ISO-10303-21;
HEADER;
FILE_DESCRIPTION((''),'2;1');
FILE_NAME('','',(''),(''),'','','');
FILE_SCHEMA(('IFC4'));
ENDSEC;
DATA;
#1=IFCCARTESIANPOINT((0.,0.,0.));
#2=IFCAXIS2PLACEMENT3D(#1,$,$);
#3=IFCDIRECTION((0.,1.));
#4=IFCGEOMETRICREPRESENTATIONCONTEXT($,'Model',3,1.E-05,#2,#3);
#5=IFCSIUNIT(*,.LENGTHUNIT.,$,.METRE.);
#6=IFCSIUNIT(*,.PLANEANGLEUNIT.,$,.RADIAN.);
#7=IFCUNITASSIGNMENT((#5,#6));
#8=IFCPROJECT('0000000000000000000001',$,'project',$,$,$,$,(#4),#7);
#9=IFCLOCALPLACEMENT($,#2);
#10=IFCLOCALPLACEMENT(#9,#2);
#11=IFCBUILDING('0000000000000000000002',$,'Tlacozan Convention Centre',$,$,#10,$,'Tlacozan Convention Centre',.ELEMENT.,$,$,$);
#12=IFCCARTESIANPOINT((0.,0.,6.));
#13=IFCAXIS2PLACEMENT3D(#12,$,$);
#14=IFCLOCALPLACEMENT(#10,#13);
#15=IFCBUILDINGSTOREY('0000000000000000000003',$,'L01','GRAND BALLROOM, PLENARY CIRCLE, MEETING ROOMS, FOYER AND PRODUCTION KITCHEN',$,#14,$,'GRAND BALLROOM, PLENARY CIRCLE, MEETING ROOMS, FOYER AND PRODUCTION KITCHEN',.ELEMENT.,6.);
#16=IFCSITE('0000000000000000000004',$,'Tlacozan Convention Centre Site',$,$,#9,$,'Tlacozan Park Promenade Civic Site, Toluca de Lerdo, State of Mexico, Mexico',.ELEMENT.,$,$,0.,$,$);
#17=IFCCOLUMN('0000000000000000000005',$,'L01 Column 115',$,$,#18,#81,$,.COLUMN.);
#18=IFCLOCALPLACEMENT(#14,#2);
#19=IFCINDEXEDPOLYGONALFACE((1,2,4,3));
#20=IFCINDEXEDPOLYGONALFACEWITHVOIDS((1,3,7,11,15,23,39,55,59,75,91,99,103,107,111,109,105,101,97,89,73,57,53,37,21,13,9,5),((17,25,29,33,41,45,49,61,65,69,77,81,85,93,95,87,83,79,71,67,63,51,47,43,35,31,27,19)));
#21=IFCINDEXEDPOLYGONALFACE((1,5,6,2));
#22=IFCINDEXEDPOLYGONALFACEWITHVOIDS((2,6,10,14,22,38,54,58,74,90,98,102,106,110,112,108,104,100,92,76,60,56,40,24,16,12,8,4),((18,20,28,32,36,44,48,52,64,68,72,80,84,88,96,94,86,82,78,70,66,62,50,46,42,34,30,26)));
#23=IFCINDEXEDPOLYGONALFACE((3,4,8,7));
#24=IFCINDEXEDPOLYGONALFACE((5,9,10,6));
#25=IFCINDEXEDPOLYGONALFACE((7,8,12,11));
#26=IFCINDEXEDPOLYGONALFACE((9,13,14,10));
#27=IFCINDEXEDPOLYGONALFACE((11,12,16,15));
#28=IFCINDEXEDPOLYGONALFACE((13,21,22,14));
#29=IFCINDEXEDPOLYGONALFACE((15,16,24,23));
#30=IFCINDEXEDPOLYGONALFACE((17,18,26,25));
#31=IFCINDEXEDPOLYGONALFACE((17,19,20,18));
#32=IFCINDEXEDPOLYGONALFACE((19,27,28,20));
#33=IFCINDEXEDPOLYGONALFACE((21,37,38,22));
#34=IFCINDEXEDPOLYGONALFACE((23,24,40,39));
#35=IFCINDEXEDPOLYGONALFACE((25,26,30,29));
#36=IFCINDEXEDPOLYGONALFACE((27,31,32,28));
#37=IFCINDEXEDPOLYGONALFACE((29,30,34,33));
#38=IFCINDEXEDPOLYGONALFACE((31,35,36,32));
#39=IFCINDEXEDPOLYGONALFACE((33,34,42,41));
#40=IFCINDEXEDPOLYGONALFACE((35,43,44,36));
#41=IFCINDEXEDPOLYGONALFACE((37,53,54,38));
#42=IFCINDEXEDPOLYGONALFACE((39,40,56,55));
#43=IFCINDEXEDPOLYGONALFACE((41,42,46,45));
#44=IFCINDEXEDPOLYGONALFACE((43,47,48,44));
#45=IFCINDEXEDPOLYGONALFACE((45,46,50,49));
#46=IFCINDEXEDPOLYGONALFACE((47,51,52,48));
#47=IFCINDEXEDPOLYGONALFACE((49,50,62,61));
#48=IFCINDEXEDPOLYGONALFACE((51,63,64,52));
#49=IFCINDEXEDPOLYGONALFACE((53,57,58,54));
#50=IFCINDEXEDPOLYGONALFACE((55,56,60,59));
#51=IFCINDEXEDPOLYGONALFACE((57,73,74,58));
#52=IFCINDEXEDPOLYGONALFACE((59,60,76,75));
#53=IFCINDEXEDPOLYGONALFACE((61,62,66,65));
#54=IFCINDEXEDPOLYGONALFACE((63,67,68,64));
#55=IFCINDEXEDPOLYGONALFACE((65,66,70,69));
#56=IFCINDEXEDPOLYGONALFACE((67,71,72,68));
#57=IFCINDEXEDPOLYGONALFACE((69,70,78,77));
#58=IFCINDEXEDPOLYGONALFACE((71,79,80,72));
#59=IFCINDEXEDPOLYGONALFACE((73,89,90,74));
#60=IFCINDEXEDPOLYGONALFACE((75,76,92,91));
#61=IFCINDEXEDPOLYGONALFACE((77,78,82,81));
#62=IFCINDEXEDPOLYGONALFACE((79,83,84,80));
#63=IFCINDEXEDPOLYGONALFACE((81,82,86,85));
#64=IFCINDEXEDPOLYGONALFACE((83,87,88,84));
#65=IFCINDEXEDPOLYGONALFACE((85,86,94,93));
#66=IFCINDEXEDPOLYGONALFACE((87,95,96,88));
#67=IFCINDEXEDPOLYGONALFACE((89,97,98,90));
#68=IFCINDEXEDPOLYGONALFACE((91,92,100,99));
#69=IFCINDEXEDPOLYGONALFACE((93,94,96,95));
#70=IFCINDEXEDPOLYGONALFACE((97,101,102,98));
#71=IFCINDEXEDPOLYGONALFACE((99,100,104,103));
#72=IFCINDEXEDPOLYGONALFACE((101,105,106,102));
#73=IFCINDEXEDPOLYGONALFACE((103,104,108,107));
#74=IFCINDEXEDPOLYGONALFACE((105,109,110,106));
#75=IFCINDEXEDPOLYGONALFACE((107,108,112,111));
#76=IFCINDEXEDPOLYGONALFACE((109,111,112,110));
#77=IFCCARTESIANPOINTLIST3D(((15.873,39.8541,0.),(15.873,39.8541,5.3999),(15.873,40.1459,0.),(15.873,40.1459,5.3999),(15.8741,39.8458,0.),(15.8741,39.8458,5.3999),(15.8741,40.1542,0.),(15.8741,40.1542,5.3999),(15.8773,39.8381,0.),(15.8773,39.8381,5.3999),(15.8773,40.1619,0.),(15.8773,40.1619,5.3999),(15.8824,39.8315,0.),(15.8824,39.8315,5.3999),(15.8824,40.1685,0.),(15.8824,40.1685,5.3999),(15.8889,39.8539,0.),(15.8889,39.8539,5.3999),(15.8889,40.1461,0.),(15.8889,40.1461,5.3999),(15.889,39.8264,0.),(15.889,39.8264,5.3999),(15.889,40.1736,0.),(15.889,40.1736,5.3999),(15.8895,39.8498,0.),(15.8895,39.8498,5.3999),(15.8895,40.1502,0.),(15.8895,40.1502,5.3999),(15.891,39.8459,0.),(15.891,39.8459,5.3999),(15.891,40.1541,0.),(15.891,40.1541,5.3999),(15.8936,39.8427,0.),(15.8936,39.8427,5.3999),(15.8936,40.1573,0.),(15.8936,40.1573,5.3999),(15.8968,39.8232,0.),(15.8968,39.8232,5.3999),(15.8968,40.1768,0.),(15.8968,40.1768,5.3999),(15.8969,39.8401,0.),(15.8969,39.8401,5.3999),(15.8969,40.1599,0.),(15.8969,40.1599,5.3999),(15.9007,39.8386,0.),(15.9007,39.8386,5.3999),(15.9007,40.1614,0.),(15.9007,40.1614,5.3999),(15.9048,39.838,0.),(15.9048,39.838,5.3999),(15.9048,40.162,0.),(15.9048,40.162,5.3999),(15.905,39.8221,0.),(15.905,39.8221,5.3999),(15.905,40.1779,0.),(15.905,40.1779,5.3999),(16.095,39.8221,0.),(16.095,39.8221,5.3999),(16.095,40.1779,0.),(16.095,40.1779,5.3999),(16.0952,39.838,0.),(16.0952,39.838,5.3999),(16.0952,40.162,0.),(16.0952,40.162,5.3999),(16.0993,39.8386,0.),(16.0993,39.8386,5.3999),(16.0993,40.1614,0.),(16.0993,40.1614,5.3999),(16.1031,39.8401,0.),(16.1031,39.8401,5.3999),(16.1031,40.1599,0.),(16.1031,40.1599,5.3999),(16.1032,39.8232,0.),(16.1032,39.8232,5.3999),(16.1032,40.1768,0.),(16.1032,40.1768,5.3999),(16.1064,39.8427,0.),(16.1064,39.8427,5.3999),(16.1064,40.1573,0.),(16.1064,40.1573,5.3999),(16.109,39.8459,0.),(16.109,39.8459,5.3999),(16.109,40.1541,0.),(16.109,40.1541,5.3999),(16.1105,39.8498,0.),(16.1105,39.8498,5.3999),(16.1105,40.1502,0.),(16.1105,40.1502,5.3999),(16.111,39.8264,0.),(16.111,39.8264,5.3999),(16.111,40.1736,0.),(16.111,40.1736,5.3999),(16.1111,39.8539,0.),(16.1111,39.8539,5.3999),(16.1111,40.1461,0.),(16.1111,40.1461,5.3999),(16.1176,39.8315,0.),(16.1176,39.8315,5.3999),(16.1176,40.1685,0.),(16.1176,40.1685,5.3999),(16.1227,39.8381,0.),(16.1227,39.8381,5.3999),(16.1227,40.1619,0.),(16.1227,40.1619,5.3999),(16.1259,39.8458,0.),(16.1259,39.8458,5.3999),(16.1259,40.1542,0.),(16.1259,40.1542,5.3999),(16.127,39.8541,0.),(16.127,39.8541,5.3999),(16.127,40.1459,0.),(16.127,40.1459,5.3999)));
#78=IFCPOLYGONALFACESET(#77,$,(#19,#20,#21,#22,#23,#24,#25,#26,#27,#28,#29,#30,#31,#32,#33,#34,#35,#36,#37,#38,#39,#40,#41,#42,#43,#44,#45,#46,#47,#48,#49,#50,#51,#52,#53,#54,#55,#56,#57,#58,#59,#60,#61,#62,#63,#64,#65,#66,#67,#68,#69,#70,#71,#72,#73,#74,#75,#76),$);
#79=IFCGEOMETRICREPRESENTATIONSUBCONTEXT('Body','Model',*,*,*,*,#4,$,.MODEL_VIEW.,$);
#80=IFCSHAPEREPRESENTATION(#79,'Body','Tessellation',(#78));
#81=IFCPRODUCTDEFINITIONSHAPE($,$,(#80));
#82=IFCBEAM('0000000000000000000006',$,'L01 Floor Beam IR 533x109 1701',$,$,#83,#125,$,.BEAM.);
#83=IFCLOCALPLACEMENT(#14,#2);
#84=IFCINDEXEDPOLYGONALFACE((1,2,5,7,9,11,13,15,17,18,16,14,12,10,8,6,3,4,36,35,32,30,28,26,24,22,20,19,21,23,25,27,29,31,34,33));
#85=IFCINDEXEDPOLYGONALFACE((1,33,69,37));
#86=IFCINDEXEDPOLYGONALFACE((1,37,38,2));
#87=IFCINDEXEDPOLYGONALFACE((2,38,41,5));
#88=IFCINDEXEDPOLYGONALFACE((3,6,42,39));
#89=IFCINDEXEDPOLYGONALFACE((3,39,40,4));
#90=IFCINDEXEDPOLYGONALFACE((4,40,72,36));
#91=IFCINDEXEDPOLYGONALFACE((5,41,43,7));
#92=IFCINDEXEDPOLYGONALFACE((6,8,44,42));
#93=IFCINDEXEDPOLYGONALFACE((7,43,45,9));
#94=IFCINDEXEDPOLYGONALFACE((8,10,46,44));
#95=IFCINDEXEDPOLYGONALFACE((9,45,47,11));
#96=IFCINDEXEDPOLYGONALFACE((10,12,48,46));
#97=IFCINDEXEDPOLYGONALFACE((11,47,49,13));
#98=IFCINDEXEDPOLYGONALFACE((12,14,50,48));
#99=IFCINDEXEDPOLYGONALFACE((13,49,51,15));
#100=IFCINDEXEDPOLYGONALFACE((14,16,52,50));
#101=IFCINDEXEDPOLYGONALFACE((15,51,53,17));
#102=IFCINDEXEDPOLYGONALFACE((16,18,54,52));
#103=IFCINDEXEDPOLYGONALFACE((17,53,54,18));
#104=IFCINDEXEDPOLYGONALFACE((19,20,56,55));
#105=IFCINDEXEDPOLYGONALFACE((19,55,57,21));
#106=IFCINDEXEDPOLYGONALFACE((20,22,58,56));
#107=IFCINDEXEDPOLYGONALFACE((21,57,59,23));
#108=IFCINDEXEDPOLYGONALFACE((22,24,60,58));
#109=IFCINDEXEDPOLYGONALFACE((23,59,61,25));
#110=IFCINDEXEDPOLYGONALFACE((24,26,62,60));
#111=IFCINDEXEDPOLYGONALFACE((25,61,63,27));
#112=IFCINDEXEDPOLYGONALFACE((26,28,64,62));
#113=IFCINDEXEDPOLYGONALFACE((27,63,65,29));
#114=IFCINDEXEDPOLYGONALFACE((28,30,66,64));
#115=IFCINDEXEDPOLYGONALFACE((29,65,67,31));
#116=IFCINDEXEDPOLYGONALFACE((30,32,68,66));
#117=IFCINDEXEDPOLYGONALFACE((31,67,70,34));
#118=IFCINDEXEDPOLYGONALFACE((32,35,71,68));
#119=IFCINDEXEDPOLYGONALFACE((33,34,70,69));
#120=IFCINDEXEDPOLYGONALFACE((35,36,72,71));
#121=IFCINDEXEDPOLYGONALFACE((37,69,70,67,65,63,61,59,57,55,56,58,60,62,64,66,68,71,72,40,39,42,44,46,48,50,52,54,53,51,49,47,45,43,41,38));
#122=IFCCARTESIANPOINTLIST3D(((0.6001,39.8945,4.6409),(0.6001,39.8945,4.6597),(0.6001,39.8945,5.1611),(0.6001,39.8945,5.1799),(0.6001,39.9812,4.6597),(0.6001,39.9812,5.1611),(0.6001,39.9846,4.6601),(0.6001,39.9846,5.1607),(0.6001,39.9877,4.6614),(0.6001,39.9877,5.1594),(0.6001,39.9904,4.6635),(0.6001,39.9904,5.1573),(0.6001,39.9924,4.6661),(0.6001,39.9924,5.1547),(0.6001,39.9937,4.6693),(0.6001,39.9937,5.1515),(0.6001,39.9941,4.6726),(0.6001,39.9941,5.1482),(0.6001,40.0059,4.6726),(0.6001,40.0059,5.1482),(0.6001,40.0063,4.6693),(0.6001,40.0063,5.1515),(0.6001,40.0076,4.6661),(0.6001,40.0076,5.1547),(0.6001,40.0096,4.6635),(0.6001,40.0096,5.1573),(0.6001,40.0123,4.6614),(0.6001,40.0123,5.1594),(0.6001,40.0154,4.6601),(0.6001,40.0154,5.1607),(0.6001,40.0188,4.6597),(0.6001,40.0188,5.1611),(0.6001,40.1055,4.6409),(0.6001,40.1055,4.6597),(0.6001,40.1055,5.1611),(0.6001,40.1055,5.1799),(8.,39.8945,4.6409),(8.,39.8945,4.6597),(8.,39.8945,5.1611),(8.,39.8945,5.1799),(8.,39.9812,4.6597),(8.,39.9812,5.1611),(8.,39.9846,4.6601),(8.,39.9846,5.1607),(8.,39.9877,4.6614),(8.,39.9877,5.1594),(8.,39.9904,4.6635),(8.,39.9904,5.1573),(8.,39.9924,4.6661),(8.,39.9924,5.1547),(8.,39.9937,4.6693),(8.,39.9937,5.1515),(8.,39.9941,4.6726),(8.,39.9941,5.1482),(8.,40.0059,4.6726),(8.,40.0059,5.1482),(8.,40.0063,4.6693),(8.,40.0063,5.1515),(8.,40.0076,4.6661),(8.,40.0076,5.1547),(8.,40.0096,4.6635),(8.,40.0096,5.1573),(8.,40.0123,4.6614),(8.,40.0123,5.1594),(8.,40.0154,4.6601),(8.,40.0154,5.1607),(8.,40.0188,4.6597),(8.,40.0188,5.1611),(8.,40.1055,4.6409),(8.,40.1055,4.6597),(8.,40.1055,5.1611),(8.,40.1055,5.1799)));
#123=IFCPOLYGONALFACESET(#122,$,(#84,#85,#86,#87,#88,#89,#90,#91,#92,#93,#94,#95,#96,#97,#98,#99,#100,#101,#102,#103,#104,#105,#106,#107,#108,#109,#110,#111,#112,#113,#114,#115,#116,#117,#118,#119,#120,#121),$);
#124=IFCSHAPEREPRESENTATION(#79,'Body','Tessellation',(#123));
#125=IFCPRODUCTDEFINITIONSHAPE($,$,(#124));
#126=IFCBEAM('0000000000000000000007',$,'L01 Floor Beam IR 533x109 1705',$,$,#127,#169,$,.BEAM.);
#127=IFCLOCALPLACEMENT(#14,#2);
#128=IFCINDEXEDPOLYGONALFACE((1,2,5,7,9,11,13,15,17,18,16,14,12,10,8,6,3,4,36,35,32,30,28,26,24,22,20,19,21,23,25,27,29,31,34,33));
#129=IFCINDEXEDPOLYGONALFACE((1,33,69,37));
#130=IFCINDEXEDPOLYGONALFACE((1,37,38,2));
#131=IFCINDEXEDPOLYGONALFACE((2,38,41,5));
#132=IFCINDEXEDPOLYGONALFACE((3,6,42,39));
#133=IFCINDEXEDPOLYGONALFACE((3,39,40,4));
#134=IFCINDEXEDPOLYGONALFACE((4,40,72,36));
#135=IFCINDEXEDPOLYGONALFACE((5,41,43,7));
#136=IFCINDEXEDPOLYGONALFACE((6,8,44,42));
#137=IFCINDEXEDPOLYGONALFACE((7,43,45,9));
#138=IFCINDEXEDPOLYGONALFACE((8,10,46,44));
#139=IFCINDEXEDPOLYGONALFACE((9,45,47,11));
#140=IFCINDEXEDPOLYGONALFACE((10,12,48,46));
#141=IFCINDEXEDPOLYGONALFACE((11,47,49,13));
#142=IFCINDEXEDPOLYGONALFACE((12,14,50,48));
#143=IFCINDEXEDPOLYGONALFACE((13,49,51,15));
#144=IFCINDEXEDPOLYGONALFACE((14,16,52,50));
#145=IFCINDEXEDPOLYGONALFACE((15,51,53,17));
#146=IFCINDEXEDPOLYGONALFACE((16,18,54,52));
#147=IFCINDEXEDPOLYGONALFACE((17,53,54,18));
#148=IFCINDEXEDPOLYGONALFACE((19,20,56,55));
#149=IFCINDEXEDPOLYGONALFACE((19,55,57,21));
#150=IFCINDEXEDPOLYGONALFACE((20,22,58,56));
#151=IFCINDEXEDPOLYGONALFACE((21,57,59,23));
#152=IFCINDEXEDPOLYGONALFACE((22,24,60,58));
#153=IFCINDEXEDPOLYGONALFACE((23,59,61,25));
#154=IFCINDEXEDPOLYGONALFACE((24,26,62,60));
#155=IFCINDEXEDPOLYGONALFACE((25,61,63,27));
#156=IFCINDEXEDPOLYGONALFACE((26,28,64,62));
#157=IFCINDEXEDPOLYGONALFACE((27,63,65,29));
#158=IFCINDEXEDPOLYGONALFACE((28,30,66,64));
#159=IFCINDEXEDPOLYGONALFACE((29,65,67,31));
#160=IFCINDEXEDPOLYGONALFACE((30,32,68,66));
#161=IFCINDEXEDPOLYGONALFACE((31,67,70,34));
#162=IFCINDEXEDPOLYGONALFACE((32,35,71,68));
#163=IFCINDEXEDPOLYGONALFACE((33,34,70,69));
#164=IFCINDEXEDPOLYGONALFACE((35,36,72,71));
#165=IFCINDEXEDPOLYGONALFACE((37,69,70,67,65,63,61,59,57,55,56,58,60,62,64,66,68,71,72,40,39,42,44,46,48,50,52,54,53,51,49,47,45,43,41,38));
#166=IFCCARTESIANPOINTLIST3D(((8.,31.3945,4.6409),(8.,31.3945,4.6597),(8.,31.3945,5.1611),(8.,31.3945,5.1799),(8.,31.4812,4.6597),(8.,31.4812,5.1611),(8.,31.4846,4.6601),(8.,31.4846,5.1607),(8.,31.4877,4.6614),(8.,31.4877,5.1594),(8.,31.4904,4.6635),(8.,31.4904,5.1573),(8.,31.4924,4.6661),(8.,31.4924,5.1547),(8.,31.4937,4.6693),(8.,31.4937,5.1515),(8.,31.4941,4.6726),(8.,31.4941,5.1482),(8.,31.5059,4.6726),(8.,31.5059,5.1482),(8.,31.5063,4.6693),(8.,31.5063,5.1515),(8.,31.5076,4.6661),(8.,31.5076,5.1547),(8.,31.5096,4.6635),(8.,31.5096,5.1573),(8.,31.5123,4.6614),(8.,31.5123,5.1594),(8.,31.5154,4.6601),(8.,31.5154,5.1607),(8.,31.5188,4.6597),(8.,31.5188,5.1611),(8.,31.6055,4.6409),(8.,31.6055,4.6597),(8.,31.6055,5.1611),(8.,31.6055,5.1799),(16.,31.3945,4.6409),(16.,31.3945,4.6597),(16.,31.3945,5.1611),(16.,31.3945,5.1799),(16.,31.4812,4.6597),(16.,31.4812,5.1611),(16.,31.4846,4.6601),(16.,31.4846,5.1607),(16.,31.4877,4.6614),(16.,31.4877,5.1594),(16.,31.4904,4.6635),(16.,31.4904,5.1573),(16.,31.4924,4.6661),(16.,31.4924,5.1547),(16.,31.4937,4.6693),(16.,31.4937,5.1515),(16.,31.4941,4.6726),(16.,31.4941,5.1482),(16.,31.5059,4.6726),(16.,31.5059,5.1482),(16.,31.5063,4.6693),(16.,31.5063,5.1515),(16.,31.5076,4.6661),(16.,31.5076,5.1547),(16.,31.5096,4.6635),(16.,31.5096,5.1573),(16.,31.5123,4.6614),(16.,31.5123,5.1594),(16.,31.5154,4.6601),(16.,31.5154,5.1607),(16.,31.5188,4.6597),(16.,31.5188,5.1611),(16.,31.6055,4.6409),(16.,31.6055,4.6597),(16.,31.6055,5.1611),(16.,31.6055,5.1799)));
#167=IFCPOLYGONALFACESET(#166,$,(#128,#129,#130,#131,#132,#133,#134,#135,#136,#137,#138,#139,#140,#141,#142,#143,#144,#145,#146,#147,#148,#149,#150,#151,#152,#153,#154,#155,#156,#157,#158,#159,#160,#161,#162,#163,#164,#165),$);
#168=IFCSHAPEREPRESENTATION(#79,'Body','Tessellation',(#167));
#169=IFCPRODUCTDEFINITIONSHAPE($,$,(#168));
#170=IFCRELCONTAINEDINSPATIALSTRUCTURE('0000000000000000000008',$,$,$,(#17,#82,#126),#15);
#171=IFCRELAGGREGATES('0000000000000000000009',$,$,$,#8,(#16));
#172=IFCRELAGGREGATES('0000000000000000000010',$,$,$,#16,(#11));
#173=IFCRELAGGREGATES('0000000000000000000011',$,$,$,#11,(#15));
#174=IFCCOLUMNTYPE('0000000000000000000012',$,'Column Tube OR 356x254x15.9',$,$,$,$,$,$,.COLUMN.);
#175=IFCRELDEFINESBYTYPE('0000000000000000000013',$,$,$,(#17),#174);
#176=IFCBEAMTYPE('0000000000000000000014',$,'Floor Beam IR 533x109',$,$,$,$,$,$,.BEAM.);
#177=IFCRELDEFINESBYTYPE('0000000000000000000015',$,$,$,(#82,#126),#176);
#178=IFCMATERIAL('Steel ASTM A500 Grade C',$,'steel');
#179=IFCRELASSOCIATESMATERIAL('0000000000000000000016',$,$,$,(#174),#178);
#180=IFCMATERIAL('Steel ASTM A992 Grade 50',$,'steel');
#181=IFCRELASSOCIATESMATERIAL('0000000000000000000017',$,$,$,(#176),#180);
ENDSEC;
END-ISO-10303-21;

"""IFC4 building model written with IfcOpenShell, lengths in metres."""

from ifc_helpers import new_model, si_unit, direction, frame, origin, origin_2d, place, context, subcontext, project, spatial, hollow_rectangle, i_section, extrude, material, material_profile, profile_set, type_object, element, save


model = new_model("IFC4")

# Units and contexts
model_context = context("Model", 3, precision=1e-05, world=origin(), true_north=direction((0.0, 1.0)))
body_context = subcontext(model_context, "Body", "Model", "MODEL_VIEW")
ifc_project = project(units=[si_unit("LENGTHUNIT", "METRE"), si_unit("PLANEANGLEUNIT", "RADIAN")], contexts=[model_context])

# Site, building, storey
site_placement = place(None, origin())
site = spatial("IfcSite", under=ifc_project, at=site_placement, Name="Tlacozan Convention Centre Site", LongName="Tlacozan Park Promenade Civic Site, Toluca de Lerdo, State of Mexico, Mexico", CompositionType="ELEMENT", RefElevation=0.0)
building_placement = place(site_placement, origin())
building = spatial("IfcBuilding", under=site, at=building_placement, Name="Tlacozan Convention Centre", LongName="Tlacozan Convention Centre", CompositionType="ELEMENT")
storey_placement = place(building_placement, frame((0.0, 0.0, 6.0)))
storey = spatial("IfcBuildingStorey", under=building, at=storey_placement, Name="L01", Description="GRAND BALLROOM, PLENARY CIRCLE, MEETING ROOMS, FOYER AND PRODUCTION KITCHEN", LongName="GRAND BALLROOM, PLENARY CIRCLE, MEETING ROOMS, FOYER AND PRODUCTION KITCHEN", CompositionType="ELEMENT", Elevation=6.0)

# Column
ifc_material_1 = material(Name="Steel ASTM A500 Grade C", Category="steel")
ifc_material_profile_1 = material_profile(ifc_material_1, hollow_rectangle(XDim=0.2539, YDim=0.3557, WallThickness=0.0159, InnerFilletRadius=0.0159, OuterFilletRadius=0.032, at=origin_2d()), Name="OR 356x254x15.9")
ifc_profile_set_1 = profile_set([ifc_material_profile_1], Name="Steel ASTM A500 Grade C")
column_type = type_object("IfcColumnType", Name="Column Tube OR 356x254x15.9", PredefinedType="COLUMN", material=ifc_profile_set_1)
for number, where, z_axis, x_axis, name in (
    (1, (16.0, 40.0, 0.0), (0.0, 0.0, 1.0), (1.0, 0.0, 0.0), "L01 Column 115"),
):
    element("IfcColumn", number, at=place(storey_placement, frame(where, z_axis=z_axis, x_axis=x_axis)), inside=storey, type_object=column_type, Name=name, PredefinedType="COLUMN", context=body_context, shape_type="SweptSolid", body=[
        extrude(hollow_rectangle(XDim=0.2539, YDim=0.3557, WallThickness=0.0159, InnerFilletRadius=0.0159, OuterFilletRadius=0.032, at=origin_2d()), origin(), (0.0, 0.0, 1.0), 5.3999),
    ])

# Beams
ifc_material_2 = material(Name="Steel ASTM A992 Grade 50", Category="steel")
ifc_material_profile_2 = material_profile(ifc_material_2, i_section(OverallWidth=0.2109, OverallDepth=0.5391, WebThickness=0.0117, FlangeThickness=0.0188, FilletRadius=0.0129, at=origin_2d()), Name="IR 533x109.0")
ifc_profile_set_2 = profile_set([ifc_material_profile_2], Name="Steel ASTM A992 Grade 50")
beam_type_1 = type_object("IfcBeamType", Name="Floor Beam IR 533x109", PredefinedType="BEAM", material=ifc_profile_set_2)
beam_1_placement = place(storey_placement, frame((0.6001, 40.0, 4.9104), z_axis=(1.0, 0.0, 0.0), x_axis=(0.0, 1.0, 0.0)))
element("IfcBeam", 2, at=beam_1_placement, inside=storey, type_object=beam_type_1, Name="L01 Floor Beam IR 533x109 1701", PredefinedType="BEAM", context=body_context, shape_type="SweptSolid", body=[
    extrude(i_section(OverallWidth=0.2109, OverallDepth=0.5391, WebThickness=0.0117, FlangeThickness=0.0188, FilletRadius=0.0129, at=origin_2d()), origin(), (0.0, 0.0, 1.0), 7.3999),
])
for number, where, z_axis, x_axis, name in (
    (3, (8.0, 31.5, 4.9104), (1.0, 0.0, 0.0), (0.0, 1.0, 0.0), "L01 Floor Beam IR 533x109 1705"),
):
    element("IfcBeam", number, at=place(storey_placement, frame(where, z_axis=z_axis, x_axis=x_axis)), inside=storey, type_object=beam_type_1, Name=name, PredefinedType="BEAM", context=body_context, shape_type="SweptSolid", body=[
        extrude(i_section(OverallWidth=0.2109, OverallDepth=0.5391, WebThickness=0.0117, FlangeThickness=0.0188, FilletRadius=0.0129, at=origin_2d()), origin(), (0.0, 0.0, 1.0), 8.0),
    ])

save(model, "model.ifc")
